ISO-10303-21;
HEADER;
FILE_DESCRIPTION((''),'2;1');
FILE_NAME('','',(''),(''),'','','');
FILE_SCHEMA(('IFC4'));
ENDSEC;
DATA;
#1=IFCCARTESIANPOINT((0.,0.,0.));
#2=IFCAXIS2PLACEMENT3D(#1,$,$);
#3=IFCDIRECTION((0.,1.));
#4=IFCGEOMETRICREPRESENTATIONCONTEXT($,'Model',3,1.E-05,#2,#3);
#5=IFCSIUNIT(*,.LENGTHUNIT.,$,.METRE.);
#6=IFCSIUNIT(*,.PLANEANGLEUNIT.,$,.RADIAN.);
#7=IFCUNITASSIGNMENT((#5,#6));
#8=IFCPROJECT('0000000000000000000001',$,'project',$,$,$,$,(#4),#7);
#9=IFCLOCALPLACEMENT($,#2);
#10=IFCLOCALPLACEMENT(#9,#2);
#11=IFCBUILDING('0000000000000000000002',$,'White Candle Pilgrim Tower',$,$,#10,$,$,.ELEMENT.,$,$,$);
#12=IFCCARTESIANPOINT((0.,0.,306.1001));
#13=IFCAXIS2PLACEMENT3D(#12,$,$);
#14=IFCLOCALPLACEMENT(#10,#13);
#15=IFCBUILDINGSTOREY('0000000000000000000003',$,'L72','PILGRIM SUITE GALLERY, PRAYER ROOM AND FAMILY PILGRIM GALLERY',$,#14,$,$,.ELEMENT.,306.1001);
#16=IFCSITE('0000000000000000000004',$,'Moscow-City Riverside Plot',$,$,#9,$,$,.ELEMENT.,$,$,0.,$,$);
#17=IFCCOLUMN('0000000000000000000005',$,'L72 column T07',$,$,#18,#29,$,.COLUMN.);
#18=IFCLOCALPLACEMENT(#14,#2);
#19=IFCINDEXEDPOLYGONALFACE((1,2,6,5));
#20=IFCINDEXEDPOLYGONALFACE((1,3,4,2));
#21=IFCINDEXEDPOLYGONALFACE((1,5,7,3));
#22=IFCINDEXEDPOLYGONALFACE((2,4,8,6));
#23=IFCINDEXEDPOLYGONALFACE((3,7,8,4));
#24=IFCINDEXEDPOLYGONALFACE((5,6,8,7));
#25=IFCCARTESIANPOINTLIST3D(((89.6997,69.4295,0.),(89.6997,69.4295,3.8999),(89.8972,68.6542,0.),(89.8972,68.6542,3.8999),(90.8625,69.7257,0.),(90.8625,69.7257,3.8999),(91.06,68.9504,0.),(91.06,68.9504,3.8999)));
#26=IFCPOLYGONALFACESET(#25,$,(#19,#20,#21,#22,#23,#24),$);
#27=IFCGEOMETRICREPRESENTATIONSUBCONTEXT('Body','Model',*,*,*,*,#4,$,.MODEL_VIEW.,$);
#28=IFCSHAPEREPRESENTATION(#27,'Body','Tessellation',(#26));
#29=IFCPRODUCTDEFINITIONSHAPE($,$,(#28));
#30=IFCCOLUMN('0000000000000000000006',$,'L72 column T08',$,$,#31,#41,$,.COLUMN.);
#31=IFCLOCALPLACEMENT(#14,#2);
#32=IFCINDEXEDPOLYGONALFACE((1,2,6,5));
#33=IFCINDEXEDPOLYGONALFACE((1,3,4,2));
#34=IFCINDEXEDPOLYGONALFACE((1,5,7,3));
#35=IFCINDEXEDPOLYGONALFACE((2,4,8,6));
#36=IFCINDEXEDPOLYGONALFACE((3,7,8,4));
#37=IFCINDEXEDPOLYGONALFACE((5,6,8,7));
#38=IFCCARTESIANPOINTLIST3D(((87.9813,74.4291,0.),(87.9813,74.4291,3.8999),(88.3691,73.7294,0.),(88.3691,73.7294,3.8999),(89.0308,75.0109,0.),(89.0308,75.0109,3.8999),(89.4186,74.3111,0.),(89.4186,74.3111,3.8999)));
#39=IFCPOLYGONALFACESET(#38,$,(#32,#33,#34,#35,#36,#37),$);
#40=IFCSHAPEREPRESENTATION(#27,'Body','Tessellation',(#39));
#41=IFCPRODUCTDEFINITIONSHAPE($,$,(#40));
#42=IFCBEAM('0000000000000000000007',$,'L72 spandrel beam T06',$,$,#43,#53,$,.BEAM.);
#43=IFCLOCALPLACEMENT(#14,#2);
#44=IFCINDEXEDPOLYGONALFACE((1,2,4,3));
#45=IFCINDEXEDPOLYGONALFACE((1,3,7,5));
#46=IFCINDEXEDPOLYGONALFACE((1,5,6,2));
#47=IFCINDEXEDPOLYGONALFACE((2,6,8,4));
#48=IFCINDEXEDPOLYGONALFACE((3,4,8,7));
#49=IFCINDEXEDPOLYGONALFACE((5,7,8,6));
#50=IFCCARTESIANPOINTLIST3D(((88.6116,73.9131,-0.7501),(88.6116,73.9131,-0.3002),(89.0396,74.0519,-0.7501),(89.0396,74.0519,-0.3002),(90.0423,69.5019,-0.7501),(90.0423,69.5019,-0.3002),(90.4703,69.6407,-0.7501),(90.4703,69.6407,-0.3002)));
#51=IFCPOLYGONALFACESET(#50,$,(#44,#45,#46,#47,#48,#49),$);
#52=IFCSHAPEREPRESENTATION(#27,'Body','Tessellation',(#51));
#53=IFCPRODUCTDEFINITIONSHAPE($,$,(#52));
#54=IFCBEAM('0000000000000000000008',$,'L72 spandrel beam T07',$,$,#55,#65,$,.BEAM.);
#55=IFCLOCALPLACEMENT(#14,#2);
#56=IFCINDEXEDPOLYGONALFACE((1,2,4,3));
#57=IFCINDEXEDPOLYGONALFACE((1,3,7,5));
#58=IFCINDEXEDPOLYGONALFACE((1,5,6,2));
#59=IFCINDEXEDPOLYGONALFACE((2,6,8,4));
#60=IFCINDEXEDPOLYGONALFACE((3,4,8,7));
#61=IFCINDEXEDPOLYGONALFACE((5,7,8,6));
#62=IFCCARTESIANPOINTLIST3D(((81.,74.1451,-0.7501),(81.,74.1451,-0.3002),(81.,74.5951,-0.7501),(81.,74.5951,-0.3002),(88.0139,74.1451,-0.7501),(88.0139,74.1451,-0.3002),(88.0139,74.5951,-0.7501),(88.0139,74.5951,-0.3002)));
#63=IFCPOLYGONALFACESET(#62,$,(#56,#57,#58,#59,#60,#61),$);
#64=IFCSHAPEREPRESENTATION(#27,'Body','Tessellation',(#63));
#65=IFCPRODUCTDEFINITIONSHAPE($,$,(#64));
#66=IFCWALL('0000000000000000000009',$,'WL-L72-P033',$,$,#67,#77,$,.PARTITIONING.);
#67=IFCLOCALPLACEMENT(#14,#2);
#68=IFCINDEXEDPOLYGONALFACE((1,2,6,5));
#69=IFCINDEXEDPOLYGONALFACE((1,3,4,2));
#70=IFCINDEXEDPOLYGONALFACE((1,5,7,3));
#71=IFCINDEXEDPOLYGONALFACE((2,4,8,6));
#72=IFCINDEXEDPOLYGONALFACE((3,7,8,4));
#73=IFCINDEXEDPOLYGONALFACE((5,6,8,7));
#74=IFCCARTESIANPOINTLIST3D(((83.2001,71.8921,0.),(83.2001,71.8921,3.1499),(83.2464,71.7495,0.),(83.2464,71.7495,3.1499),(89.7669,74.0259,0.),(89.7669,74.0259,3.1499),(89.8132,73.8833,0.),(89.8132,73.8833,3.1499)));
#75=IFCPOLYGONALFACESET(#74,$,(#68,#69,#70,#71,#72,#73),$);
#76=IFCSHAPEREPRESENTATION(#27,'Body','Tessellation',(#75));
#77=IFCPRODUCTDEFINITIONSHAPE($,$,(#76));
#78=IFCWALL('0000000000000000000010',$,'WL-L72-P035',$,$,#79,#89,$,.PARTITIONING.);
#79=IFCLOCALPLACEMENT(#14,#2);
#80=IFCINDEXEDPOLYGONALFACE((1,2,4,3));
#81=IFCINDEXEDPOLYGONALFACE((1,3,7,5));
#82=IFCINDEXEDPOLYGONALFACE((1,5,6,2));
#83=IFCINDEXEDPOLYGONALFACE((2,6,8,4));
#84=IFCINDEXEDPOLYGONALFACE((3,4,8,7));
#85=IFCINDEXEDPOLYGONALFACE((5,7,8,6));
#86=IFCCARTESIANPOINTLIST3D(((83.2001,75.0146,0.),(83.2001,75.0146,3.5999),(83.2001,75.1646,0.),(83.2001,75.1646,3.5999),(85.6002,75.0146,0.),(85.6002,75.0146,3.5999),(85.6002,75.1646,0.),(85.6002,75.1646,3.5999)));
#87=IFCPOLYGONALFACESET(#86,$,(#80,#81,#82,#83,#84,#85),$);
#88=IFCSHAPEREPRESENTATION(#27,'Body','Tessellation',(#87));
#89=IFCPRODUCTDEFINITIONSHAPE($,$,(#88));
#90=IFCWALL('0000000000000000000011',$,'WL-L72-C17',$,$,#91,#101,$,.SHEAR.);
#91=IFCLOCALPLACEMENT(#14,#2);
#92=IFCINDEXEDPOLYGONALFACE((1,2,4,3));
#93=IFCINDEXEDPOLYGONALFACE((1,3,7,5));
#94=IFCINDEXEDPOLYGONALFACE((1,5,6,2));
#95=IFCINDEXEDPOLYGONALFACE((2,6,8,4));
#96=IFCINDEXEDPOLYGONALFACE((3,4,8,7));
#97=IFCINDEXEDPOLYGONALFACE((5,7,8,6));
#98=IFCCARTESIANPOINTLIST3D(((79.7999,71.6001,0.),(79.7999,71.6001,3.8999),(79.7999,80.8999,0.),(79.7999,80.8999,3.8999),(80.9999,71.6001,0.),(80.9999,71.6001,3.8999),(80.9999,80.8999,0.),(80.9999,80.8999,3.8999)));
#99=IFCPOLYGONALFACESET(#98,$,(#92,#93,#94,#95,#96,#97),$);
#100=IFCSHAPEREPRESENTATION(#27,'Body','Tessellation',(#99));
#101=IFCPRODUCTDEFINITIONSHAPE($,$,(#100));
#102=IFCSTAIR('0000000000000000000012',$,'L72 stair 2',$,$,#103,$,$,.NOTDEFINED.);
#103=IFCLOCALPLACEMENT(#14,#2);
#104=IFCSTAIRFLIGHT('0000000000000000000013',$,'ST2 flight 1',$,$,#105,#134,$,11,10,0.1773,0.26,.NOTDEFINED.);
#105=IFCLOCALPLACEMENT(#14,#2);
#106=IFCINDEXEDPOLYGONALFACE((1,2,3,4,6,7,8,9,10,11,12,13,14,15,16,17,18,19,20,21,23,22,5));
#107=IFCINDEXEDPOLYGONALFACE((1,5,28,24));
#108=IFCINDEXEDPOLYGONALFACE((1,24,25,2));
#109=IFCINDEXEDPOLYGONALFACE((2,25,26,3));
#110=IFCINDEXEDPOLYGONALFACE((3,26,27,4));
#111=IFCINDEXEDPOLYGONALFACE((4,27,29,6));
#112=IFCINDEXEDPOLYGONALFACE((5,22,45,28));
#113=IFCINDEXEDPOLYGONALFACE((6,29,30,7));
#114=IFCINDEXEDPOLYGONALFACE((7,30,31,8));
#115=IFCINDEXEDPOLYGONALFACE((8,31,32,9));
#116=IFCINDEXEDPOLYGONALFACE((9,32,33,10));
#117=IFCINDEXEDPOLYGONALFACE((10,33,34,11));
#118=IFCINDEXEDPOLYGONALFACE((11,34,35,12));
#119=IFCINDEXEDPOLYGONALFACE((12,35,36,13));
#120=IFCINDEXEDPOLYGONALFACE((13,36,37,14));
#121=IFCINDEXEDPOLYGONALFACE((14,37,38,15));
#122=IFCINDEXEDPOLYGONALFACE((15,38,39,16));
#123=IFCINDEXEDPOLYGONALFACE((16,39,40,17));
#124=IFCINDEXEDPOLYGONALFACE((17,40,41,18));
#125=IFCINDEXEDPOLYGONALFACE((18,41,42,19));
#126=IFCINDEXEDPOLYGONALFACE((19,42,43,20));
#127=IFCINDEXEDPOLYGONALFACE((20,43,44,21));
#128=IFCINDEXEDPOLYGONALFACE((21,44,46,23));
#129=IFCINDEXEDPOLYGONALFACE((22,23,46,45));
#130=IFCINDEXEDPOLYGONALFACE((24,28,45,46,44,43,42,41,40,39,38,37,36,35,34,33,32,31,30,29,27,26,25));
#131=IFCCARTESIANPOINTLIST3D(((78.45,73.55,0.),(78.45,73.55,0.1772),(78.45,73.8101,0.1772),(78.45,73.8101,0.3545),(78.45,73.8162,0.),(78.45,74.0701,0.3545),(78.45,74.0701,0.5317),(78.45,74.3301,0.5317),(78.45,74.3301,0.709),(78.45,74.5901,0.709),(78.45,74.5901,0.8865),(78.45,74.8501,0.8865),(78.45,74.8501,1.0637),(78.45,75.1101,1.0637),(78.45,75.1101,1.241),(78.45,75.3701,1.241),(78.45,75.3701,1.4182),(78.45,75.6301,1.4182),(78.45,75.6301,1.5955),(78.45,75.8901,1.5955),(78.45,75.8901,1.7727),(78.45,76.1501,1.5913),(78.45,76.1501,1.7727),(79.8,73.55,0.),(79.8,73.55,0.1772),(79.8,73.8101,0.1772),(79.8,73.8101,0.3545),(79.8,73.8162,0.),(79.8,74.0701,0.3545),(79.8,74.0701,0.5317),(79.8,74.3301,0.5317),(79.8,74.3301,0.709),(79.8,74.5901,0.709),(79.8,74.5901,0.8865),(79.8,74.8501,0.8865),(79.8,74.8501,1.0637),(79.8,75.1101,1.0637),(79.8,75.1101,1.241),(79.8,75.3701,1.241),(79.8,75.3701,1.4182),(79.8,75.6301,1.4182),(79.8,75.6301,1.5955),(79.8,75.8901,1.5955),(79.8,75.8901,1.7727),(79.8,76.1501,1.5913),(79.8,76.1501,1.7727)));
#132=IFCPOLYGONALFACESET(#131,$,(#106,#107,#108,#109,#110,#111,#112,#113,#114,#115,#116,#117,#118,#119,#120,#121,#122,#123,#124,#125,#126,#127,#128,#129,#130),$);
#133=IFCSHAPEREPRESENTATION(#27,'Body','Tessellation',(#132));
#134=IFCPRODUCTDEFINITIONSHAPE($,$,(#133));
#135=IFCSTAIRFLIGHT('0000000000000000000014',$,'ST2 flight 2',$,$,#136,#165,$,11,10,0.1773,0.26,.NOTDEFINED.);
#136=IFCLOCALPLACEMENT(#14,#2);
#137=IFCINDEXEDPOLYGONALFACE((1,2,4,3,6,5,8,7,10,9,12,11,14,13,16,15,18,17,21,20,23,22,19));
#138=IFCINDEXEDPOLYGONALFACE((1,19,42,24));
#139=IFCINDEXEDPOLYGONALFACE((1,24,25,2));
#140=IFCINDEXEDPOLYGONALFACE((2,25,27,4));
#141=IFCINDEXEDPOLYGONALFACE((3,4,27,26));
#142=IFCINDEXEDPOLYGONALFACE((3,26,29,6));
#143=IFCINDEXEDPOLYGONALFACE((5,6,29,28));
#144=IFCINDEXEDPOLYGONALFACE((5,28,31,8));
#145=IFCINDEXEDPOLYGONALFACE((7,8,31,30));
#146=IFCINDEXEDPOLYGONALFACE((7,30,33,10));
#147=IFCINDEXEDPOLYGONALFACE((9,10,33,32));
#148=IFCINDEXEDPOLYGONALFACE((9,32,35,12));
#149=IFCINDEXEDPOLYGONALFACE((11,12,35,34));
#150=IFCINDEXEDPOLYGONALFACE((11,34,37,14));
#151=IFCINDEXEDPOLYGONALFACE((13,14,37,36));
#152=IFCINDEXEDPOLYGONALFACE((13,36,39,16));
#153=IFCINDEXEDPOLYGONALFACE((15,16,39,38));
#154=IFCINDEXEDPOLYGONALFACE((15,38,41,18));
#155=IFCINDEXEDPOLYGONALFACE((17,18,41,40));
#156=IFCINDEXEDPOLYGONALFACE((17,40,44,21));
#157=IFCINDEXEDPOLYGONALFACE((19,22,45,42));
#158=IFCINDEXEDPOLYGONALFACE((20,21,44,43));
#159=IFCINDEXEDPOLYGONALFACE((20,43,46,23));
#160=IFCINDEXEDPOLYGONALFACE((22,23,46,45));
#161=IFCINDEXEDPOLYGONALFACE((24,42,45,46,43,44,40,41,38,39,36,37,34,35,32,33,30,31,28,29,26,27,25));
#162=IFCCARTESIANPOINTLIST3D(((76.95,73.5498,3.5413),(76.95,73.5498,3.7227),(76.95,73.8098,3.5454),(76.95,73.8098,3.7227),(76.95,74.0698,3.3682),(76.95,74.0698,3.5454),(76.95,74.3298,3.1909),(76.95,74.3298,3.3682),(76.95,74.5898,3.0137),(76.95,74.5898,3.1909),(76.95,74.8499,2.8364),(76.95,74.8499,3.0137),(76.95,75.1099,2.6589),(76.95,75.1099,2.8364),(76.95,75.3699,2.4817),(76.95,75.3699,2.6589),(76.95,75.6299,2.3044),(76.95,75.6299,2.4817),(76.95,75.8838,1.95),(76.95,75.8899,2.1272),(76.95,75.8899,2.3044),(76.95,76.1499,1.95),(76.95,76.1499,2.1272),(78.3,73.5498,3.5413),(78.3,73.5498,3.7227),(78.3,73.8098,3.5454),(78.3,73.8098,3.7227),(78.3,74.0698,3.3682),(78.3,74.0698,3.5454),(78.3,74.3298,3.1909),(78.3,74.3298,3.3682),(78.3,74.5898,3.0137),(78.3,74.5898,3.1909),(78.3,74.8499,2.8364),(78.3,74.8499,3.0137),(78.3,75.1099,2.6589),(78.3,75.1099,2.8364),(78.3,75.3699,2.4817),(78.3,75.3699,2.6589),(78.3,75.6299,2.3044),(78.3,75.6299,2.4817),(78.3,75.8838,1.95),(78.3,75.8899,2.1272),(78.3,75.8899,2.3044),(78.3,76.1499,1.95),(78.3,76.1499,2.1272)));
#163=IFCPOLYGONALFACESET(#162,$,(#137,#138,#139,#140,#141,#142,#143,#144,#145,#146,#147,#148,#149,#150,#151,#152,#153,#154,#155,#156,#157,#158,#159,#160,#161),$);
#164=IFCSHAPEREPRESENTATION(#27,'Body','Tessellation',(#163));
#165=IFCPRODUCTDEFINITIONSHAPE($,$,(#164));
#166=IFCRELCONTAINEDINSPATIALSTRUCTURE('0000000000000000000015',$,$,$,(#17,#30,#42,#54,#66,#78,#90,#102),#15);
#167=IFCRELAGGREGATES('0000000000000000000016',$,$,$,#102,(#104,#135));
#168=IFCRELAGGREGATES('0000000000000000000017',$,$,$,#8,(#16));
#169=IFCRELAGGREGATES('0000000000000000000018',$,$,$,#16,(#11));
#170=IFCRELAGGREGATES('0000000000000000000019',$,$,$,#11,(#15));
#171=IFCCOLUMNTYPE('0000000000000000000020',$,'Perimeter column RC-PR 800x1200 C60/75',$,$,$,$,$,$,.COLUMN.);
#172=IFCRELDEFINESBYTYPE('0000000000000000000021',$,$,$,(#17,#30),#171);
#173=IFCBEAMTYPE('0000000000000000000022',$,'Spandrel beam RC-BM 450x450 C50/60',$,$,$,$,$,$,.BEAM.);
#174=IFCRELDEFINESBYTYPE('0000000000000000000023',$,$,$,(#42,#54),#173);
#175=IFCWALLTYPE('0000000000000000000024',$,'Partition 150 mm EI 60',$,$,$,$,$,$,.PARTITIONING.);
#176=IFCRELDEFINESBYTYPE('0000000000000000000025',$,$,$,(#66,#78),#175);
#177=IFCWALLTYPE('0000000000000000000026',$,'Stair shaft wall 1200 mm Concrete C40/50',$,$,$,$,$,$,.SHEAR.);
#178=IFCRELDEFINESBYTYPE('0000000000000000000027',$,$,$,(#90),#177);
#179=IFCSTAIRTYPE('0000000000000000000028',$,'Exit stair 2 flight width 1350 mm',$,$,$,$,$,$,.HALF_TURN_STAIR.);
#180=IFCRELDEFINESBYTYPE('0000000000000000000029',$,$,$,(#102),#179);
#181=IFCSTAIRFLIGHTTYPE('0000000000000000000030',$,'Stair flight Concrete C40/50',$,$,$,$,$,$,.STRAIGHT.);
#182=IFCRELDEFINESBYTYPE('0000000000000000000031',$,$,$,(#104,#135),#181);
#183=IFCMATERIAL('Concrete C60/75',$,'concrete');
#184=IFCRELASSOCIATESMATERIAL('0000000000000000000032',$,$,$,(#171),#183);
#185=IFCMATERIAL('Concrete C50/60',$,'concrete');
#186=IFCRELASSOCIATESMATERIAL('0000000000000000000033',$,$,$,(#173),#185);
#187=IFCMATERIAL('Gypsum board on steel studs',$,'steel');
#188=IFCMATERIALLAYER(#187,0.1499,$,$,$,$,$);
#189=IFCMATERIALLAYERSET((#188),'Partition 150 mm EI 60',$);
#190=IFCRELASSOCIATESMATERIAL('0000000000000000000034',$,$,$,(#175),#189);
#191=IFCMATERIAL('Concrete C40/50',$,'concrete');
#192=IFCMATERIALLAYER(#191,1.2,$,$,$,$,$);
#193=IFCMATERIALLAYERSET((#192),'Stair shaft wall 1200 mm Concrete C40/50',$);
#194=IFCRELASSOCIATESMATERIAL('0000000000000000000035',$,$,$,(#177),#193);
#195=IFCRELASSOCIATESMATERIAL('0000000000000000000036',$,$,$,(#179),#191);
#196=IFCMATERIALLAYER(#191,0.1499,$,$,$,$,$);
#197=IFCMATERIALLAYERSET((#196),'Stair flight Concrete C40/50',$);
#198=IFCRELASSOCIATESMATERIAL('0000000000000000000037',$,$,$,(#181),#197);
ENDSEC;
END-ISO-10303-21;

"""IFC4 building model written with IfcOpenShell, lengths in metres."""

from ifc_helpers import new_model, si_unit, direction, frame, frame_2d, origin, origin_2d, place, context, subcontext, project, spatial, polyline, rectangle, outline, extrude, material, layer, layer_set, material_profile, profile_set, type_object, element, aggregate, save


model = new_model("IFC4")

# Units and contexts
model_context = context("Model", 3, precision=1e-05, world=origin(), true_north=direction((0.0, 1.0)))
body_context = subcontext(model_context, "Body", "Model", "MODEL_VIEW")
ifc_project = project(units=[si_unit("LENGTHUNIT", "METRE"), si_unit("PLANEANGLEUNIT", "RADIAN")], contexts=[model_context])

# Site, building, storey
site_placement = place(None, origin())
site = spatial("IfcSite", under=ifc_project, at=site_placement, Name="Moscow-City Riverside Plot", CompositionType="ELEMENT", RefElevation=0.0)
building_placement = place(site_placement, origin())
building = spatial("IfcBuilding", under=site, at=building_placement, Name="White Candle Pilgrim Tower", CompositionType="ELEMENT")
storey_placement = place(building_placement, frame((0.0, 0.0, 306.1001)))
storey = spatial("IfcBuildingStorey", under=building, at=storey_placement, Name="L72", Description="PILGRIM SUITE GALLERY, PRAYER ROOM AND FAMILY PILGRIM GALLERY", CompositionType="ELEMENT", Elevation=306.1001)

# Columns
ifc_material_1 = material(Name="Concrete C60/75", Category="concrete")
ifc_material_profile_1 = material_profile(ifc_material_1, rectangle(XDim=0.8, YDim=1.2, at=origin_2d()), Name="RC-PR 800x1200")
ifc_profile_set_1 = profile_set([ifc_material_profile_1], Name="Concrete C60/75")
column_type = type_object("IfcColumnType", Name="Perimeter column RC-PR 800x1200 C60/75", PredefinedType="COLUMN", material=ifc_profile_set_1)
for number, where, z_axis, x_axis, name in (
    (1, (90.3799, 69.1899, 0.0), (0.0, 0.0, 1.0), (0.246881, -0.969046, 0.0), "L72 column T07"),
    (2, (88.7, 74.3701, 0.0), (0.0, 0.0, 1.0), (0.48481, -0.87462, 0.0), "L72 column T08"),
):
    element("IfcColumn", number, at=place(storey_placement, frame(where, z_axis=z_axis, x_axis=x_axis)), inside=storey, type_object=column_type, Name=name, PredefinedType="COLUMN", context=body_context, shape_type="SweptSolid", body=[
        extrude(rectangle(XDim=0.8, YDim=1.2, at=origin_2d()), origin(), (0.0, 0.0, 1.0), 3.8999),
    ])

# Beams
ifc_material_2 = material(Name="Concrete C50/60", Category="concrete")
ifc_material_profile_2 = material_profile(ifc_material_2, rectangle(XDim=0.45, YDim=0.45, at=origin_2d()), Name="RC-BM 450x450")
ifc_profile_set_2 = profile_set([ifc_material_profile_2], Name="Concrete C50/60")
beam_type = type_object("IfcBeamType", Name="Spandrel beam RC-BM 450x450 C50/60", PredefinedType="BEAM", material=ifc_profile_set_2)
beam_1_placement = place(storey_placement, frame((90.2563, 69.5713, -0.5251), z_axis=(-0.30851, 0.951221, 0.0), x_axis=(-0.951221, -0.30851, 0.0)))
element("IfcBeam", 3, at=beam_1_placement, inside=storey, type_object=beam_type, Name="L72 spandrel beam T06", PredefinedType="BEAM", context=body_context, shape_type="SweptSolid", body=[
    extrude(rectangle(XDim=0.45, YDim=0.45, at=origin_2d()), origin(), (0.0, 0.0, 1.0), 4.6375),
])
beam_2_placement = place(storey_placement, frame((88.0139, 74.3701, -0.5251), z_axis=(-1.0, 0.0, 0.0), x_axis=(0.0, -1.0, 0.0)))
element("IfcBeam", 4, at=beam_2_placement, inside=storey, type_object=beam_type, Name="L72 spandrel beam T07", PredefinedType="BEAM", context=body_context, shape_type="SweptSolid", body=[
    extrude(rectangle(XDim=0.45, YDim=0.45, at=origin_2d()), origin(), (0.0, 0.0, 1.0), 7.0139),
])

# Walls
ifc_material_3 = material(Name="Gypsum board on steel studs", Category="steel")
ifc_layer_1 = layer(ifc_material_3, 0.1499)
ifc_layer_set_1 = layer_set([ifc_layer_1], Name="Partition 150 mm EI 60")
wall_type_1 = type_object("IfcWallType", Name="Partition 150 mm EI 60", PredefinedType="PARTITIONING", material=ifc_layer_set_1)
wall_1_placement = place(storey_placement, frame((89.79, 73.9546, 0.0), z_axis=(0.0, 0.0, 1.0), x_axis=(-0.951053, -0.309027, 0.0)))
element("IfcWall", 5, at=wall_1_placement, inside=storey, type_object=wall_type_1, Name="WL-L72-P033", PredefinedType="PARTITIONING", context=body_context, shape_type="SweptSolid", body=[
    extrude(rectangle(XDim=6.9048, YDim=0.1499, at=frame_2d((3.4524, 0.0))), origin(), (0.0, 0.0, 1.0), 3.1499),
])
wall_2_placement = place(storey_placement, frame((83.2, 75.0896, 0.0), z_axis=(0.0, 0.0, 1.0), x_axis=(1.0, 0.0, 0.0)))
element("IfcWall", 6, at=wall_2_placement, inside=storey, type_object=wall_type_1, Name="WL-L72-P035", PredefinedType="PARTITIONING", context=body_context, shape_type="SweptSolid", body=[
    extrude(rectangle(XDim=2.4001, YDim=0.1499, at=frame_2d((1.2002, 0.0))), origin(), (0.0, 0.0, 1.0), 3.5999),
])
ifc_material_4 = material(Name="Concrete C40/50", Category="concrete")
ifc_layer_2 = layer(ifc_material_4, 1.2)
ifc_layer_set_2 = layer_set([ifc_layer_2], Name="Stair shaft wall 1200 mm Concrete C40/50")
wall_type_2 = type_object("IfcWallType", Name="Stair shaft wall 1200 mm Concrete C40/50", PredefinedType="SHEAR", material=ifc_layer_set_2)
wall_3_placement = place(storey_placement, frame((80.3999, 71.6001, 0.0), z_axis=(0.0, 0.0, 1.0), x_axis=(0.0, 1.0, 0.0)))
element("IfcWall", 7, at=wall_3_placement, inside=storey, type_object=wall_type_2, Name="WL-L72-C17", PredefinedType="SHEAR", context=body_context, shape_type="SweptSolid", body=[
    extrude(rectangle(XDim=9.2998, YDim=1.2, at=frame_2d((4.6499, 0.0))), origin(), (0.0, 0.0, 1.0), 3.8999),
])

# Stair, stair flights
stair_type = type_object("IfcStairType", Name="Exit stair 2 flight width 1350 mm", PredefinedType="HALF_TURN_STAIR", material=ifc_material_4)
stair_placement = place(storey_placement, origin())
stair = element("IfcStair", 8, at=stair_placement, inside=storey, type_object=stair_type, Name="L72 stair 2", PredefinedType="NOTDEFINED")
ifc_layer_3 = layer(ifc_material_4, 0.1499)
ifc_layer_set_3 = layer_set([ifc_layer_3], Name="Stair flight Concrete C40/50")
stair_flight_type = type_object("IfcStairFlightType", Name="Stair flight Concrete C40/50", PredefinedType="STRAIGHT", material=ifc_layer_set_3)
stair_flight_1_placement = place(storey_placement, frame((79.125, 73.55, 0.0), z_axis=(0.0, 0.0, 1.0), x_axis=(0.0, 1.0, 0.0)))
stair_flight_1 = element("IfcStairFlight", 9, at=stair_flight_1_placement, type_object=stair_flight_type, Name="ST2 flight 1", NumberOfRisers=11, NumberOfTreads=10, PredefinedType="NOTDEFINED", RiserHeight=0.1773, TreadLength=0.26, context=body_context, shape_type="SweptSolid", body=[
    extrude(outline(polyline([(0.0, 0.0), (0.0, 0.1772), (0.26, 0.1772), (0.26, 0.3545), (0.52, 0.3545), (0.52, 0.5317), (0.78, 0.5317), (0.78, 0.709), (1.04, 0.709), (1.04, 0.8865), (1.3, 0.8865), (1.3, 1.0637), (1.5601, 1.0637), (1.5601, 1.241), (1.8201, 1.241), (1.8201, 1.4182), (2.0801, 1.4182), (2.0801, 1.5955), (2.3401, 1.5955), (2.3401, 1.7727), (2.6001, 1.7727), (2.6001, 1.95), (2.6001, 1.5913), (0.2661, 0.0), (0.0, 0.0)])), frame((0.0, 0.675, 0.0), z_axis=(0.0, -1.0, 0.0), x_axis=(1.0, 0.0, 0.0)), (0.0, 0.0, 1.0), 1.3501),
])
stair_flight_2_placement = place(storey_placement, frame((77.625, 76.1499, 1.95), z_axis=(0.0, 0.0, 1.0), x_axis=(0.0, -1.0, 0.0)))
stair_flight_2 = element("IfcStairFlight", 10, at=stair_flight_2_placement, type_object=stair_flight_type, Name="ST2 flight 2", NumberOfRisers=11, NumberOfTreads=10, PredefinedType="NOTDEFINED", RiserHeight=0.1773, TreadLength=0.26, context=body_context, shape_type="SweptSolid", body=[
    extrude(outline(polyline([(0.0, 0.0), (0.0, 0.1772), (0.26, 0.1772), (0.26, 0.3545), (0.52, 0.3545), (0.52, 0.5317), (0.78, 0.5317), (0.78, 0.709), (1.04, 0.709), (1.04, 0.8865), (1.3, 0.8865), (1.3, 1.0637), (1.5601, 1.0637), (1.5601, 1.241), (1.8201, 1.241), (1.8201, 1.4182), (2.0801, 1.4182), (2.0801, 1.5955), (2.3401, 1.5955), (2.3401, 1.7727), (2.6001, 1.7727), (2.6001, 1.95), (2.6001, 1.5913), (0.2661, 0.0), (0.0, 0.0)])), frame((0.0, 0.675, 0.0), z_axis=(0.0, -1.0, 0.0), x_axis=(1.0, 0.0, 0.0)), (0.0, 0.0, 1.0), 1.3501),
])
aggregate(stair, [stair_flight_1, stair_flight_2])

save(model, "model.ifc")
